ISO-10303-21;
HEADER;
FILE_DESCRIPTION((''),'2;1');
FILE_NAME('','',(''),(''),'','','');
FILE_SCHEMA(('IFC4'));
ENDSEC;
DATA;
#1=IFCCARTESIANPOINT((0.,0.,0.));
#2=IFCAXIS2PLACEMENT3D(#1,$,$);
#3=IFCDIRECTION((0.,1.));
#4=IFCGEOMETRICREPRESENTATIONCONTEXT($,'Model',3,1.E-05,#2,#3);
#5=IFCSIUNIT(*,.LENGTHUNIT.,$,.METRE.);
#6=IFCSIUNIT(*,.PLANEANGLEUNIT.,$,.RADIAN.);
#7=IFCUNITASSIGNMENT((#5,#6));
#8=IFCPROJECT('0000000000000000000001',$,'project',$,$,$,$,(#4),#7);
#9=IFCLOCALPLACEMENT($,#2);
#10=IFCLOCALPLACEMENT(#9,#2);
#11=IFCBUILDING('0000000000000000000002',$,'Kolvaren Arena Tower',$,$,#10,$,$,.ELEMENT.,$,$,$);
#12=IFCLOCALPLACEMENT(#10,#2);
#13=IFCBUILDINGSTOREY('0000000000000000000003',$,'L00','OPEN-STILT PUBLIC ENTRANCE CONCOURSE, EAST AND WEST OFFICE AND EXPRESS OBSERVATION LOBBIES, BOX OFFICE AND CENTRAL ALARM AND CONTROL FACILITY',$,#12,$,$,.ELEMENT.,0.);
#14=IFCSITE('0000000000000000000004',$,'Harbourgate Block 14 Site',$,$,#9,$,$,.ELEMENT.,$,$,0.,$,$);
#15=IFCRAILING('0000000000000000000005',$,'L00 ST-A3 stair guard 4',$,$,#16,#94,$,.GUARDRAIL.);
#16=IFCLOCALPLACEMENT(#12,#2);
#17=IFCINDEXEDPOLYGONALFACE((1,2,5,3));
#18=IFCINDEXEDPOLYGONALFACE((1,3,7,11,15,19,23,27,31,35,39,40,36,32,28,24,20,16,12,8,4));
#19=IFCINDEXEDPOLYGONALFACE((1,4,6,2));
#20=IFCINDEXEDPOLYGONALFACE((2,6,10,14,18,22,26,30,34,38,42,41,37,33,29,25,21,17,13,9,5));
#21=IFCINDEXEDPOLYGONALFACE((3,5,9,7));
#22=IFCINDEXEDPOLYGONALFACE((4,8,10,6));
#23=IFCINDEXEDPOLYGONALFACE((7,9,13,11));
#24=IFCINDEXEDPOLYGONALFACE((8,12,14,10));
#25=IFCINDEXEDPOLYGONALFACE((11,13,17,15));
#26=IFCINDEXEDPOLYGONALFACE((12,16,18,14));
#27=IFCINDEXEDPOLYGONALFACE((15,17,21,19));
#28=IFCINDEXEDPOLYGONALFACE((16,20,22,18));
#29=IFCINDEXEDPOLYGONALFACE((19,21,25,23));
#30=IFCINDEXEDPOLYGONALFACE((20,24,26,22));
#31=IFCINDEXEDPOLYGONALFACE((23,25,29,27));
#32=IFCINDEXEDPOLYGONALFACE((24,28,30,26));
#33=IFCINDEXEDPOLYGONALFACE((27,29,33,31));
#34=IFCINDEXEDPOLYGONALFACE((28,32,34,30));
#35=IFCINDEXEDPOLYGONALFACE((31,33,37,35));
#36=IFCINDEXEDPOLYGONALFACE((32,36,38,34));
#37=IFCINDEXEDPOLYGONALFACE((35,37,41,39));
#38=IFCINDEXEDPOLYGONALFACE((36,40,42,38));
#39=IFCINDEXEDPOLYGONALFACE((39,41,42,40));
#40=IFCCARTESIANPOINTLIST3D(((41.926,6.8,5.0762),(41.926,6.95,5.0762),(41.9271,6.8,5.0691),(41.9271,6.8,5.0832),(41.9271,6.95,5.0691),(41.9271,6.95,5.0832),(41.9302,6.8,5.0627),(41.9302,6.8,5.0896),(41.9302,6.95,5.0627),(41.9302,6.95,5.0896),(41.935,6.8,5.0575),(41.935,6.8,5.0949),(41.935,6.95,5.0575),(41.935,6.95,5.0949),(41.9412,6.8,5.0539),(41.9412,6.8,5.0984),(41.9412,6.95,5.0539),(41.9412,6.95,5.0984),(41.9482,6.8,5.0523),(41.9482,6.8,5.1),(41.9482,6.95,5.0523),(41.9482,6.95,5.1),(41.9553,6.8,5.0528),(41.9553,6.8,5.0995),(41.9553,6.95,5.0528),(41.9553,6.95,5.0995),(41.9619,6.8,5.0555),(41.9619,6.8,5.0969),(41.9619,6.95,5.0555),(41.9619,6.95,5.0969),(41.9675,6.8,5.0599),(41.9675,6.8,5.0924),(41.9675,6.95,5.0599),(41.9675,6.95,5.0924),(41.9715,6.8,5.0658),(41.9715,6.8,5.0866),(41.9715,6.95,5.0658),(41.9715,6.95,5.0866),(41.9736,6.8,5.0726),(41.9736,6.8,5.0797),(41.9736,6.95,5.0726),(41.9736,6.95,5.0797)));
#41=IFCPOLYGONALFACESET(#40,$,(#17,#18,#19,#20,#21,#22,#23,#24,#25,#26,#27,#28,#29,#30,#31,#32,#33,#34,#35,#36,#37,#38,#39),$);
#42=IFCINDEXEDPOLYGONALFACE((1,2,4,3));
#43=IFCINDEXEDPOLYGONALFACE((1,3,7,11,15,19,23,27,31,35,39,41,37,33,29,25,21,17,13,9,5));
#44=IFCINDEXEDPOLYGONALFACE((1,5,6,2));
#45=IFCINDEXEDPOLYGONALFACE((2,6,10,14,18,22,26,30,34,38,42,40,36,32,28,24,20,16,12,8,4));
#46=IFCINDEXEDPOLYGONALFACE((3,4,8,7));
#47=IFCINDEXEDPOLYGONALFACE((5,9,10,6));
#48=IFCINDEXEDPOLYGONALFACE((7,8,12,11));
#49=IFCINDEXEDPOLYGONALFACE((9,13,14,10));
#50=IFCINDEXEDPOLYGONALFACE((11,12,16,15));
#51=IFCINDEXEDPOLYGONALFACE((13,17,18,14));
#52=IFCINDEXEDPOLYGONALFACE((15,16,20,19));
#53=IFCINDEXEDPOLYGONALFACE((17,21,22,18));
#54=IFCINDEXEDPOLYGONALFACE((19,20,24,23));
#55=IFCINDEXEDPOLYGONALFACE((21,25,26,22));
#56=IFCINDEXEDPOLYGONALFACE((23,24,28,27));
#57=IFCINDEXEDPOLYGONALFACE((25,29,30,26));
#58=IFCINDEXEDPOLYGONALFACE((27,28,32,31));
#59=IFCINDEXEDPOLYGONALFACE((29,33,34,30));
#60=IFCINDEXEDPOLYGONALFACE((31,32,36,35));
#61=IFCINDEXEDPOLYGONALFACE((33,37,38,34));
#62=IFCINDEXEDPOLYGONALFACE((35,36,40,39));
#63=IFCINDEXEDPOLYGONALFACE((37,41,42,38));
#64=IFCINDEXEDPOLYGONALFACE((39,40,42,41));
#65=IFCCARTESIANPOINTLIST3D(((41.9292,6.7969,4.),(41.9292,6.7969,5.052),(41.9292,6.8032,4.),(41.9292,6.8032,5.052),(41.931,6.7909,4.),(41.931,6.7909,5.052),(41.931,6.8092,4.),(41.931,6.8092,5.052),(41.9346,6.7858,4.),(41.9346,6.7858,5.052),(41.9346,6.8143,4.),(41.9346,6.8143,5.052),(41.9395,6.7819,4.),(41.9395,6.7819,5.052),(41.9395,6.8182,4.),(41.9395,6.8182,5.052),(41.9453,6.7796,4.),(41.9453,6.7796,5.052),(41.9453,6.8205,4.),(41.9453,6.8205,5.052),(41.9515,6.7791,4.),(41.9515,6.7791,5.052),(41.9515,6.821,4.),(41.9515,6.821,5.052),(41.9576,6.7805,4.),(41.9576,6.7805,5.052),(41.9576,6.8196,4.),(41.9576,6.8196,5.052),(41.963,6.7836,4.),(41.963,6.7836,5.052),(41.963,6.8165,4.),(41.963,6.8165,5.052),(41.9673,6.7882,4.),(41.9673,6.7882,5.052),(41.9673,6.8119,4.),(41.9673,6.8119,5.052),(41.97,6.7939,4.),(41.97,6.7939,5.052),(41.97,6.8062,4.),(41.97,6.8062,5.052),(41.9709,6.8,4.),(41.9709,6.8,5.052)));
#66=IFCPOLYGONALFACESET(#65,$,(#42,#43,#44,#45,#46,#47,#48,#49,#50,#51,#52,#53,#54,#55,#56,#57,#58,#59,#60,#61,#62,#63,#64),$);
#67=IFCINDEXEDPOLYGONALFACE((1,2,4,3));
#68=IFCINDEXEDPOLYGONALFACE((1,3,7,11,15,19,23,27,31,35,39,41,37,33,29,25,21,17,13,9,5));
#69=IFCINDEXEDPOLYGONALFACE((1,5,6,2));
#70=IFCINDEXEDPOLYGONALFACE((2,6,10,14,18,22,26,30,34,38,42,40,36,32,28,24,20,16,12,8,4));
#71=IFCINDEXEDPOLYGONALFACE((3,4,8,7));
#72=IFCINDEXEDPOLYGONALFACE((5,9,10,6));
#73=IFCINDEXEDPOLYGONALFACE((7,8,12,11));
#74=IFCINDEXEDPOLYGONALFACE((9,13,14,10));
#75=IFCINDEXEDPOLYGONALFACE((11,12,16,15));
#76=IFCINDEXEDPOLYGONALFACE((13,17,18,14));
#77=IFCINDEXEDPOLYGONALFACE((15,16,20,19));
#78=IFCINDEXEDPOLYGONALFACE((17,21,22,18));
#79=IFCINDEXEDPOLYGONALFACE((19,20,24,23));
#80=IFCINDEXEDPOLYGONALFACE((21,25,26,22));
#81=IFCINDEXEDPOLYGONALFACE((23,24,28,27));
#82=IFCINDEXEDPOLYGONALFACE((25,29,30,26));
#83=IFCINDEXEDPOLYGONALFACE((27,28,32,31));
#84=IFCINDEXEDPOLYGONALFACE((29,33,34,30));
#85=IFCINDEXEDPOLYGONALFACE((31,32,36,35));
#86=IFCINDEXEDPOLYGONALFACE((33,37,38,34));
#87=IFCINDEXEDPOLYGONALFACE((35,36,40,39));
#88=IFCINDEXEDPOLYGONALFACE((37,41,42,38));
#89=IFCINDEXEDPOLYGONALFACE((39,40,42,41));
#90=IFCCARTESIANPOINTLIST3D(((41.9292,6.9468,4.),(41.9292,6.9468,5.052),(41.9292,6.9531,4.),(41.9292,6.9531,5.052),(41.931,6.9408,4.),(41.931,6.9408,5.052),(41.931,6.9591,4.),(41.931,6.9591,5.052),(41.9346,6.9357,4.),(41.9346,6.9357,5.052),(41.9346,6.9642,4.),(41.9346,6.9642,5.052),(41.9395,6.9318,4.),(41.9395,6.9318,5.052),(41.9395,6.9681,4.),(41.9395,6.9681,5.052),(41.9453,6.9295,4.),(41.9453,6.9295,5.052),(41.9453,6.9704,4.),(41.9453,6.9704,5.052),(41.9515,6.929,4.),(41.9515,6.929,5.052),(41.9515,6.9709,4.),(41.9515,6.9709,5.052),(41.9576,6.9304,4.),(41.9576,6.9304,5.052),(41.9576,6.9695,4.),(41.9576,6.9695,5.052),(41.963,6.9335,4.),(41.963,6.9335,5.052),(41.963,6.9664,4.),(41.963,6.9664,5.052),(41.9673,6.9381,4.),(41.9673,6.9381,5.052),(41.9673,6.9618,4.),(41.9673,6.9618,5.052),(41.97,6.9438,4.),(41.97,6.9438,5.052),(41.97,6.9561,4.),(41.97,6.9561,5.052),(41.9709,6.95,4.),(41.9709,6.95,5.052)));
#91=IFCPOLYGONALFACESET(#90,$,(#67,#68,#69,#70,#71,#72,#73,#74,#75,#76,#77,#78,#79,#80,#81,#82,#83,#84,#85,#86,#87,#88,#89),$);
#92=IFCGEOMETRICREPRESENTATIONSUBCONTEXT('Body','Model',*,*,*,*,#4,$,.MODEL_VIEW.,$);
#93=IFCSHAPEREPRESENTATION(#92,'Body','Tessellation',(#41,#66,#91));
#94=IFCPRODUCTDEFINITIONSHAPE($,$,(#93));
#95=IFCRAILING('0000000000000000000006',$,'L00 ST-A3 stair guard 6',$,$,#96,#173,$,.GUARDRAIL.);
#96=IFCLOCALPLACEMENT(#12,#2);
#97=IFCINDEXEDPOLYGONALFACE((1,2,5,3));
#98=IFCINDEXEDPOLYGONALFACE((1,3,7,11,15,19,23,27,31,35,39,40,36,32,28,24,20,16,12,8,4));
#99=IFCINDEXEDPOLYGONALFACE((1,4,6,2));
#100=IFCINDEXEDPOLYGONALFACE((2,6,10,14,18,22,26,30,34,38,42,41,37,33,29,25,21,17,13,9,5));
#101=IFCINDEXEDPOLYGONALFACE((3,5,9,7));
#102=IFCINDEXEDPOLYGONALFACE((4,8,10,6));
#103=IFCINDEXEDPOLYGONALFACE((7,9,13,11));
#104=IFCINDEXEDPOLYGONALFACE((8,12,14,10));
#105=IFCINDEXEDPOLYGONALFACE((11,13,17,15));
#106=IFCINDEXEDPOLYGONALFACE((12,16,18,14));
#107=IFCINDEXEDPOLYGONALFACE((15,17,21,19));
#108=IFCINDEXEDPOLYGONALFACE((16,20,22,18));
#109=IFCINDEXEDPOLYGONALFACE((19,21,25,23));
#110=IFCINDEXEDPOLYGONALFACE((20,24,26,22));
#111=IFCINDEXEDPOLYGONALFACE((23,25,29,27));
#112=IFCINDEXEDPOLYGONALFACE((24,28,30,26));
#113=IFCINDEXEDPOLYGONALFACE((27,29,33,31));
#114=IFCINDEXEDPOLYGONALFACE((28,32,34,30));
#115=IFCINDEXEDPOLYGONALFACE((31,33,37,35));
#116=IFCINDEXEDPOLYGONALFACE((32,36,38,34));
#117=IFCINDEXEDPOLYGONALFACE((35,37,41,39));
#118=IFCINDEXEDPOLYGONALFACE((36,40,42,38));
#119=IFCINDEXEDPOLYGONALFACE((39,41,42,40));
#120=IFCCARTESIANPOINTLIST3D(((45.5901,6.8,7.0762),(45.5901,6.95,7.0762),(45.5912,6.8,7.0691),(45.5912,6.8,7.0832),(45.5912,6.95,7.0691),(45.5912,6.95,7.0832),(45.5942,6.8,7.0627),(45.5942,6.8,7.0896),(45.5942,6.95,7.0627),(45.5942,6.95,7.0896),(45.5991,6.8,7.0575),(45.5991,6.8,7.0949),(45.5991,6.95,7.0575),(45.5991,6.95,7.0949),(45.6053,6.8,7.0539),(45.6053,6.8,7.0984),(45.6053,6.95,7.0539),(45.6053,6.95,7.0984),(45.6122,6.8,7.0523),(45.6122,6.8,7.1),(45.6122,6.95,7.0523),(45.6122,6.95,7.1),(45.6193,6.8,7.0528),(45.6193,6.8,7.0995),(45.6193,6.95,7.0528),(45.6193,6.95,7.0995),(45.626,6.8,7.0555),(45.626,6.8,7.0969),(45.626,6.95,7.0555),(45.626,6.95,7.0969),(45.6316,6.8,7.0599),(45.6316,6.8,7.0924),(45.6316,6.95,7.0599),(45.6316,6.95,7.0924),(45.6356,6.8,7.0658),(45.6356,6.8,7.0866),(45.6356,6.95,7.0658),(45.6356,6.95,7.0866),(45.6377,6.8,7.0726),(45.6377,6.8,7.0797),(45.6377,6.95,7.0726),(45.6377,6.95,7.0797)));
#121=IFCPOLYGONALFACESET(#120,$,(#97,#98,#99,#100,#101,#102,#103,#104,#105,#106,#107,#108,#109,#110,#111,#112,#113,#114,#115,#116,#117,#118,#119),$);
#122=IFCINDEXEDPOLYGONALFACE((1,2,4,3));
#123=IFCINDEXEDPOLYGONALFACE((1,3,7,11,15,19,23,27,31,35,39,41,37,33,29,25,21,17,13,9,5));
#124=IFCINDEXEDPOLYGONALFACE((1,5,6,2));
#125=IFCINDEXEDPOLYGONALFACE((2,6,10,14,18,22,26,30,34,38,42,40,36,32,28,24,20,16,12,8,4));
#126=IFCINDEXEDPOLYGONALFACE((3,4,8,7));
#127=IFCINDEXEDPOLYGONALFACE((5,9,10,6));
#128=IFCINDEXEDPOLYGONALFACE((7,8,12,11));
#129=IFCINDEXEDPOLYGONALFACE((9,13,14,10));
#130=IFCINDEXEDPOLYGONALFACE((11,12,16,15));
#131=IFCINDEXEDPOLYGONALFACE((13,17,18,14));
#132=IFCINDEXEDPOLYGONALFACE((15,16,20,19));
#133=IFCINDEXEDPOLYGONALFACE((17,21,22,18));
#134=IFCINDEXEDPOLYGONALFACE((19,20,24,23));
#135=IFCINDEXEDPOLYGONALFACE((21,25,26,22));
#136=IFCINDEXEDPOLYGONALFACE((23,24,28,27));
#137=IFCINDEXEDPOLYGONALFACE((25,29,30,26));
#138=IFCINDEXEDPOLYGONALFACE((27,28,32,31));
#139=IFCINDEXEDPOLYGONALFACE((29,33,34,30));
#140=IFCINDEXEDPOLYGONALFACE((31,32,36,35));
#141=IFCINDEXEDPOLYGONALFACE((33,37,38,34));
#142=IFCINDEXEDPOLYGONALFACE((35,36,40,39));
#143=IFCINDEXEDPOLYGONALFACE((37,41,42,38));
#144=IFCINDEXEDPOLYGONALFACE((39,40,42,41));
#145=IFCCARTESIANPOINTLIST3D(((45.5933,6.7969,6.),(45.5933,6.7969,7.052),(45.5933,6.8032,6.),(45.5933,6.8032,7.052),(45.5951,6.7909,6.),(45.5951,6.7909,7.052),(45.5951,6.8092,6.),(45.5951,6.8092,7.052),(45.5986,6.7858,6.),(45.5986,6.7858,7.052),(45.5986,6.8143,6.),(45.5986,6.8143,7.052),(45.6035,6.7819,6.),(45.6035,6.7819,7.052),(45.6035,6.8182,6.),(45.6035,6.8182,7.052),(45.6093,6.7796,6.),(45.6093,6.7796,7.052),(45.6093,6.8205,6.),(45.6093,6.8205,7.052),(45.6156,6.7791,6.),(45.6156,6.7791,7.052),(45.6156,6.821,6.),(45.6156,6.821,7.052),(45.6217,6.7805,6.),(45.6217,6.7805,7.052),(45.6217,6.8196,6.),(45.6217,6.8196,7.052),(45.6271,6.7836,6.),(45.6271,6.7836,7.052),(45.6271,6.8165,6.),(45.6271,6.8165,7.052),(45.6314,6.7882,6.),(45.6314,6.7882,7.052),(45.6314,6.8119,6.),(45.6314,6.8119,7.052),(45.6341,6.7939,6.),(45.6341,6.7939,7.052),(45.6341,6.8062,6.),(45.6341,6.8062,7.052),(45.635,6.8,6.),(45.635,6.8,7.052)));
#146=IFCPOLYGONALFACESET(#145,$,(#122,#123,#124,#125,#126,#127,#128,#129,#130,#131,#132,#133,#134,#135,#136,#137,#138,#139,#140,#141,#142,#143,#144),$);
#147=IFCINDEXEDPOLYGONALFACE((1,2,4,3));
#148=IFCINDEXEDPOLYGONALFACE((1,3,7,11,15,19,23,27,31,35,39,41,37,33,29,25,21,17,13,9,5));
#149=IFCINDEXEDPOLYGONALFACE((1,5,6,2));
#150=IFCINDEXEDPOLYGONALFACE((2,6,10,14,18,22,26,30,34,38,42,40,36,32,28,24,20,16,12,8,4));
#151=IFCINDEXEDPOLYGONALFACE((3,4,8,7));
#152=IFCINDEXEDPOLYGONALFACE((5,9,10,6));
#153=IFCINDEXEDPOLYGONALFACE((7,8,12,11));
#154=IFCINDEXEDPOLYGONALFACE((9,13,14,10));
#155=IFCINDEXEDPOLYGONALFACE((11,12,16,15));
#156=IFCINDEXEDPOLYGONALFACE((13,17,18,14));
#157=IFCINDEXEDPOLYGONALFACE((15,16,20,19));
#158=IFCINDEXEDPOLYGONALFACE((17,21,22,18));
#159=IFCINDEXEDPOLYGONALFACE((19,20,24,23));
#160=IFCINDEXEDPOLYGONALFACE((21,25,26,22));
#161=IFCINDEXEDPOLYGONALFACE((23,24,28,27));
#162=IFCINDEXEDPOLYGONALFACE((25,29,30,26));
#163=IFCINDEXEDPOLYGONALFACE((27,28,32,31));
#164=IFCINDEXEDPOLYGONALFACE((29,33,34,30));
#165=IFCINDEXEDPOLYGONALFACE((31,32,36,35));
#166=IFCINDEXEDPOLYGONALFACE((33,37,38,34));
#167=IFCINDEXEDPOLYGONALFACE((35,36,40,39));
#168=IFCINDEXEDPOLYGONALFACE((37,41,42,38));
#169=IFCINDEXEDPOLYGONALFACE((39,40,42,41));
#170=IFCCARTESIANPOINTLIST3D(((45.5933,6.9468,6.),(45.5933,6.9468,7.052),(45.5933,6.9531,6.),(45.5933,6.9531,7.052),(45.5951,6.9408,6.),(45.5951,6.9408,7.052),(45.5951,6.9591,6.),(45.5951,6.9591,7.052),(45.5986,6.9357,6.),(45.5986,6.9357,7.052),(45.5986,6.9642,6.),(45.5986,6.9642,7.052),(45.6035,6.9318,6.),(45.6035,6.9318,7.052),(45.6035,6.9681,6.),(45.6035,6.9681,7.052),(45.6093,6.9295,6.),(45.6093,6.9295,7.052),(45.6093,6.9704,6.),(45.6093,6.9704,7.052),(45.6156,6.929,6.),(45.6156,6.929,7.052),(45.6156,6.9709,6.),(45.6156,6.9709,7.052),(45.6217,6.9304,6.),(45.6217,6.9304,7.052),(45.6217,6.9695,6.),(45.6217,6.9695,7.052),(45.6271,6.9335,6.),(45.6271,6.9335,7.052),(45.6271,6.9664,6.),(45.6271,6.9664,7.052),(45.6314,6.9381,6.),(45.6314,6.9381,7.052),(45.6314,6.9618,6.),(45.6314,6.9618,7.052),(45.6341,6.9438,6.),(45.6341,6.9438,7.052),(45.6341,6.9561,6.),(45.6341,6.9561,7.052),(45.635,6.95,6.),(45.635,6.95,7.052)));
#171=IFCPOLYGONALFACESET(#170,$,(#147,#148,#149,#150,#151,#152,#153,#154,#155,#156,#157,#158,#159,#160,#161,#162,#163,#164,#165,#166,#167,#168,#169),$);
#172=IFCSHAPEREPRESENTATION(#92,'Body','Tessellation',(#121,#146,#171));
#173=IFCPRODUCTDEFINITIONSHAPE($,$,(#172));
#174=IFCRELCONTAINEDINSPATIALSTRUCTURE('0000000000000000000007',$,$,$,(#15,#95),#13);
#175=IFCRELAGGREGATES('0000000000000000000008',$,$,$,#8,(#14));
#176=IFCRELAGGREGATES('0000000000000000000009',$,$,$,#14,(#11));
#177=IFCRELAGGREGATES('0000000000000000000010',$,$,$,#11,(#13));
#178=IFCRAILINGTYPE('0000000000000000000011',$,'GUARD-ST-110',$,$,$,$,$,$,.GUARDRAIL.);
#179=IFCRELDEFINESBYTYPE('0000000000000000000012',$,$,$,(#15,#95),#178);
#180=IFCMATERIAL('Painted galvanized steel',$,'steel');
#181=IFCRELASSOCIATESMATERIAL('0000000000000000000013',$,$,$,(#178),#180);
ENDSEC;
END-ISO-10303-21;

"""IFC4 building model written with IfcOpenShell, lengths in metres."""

from ifc_helpers import new_model, si_unit, direction, frame, origin, origin_2d, place, context, subcontext, project, spatial, circle, extrude, material, type_object, element, save


model = new_model("IFC4")

# Units and contexts
model_context = context("Model", 3, precision=1e-05, world=origin(), true_north=direction((0.0, 1.0)))
body_context = subcontext(model_context, "Body", "Model", "MODEL_VIEW")
ifc_project = project(units=[si_unit("LENGTHUNIT", "METRE"), si_unit("PLANEANGLEUNIT", "RADIAN")], contexts=[model_context])

# Site, building, storey
site_placement = place(None, origin())
site = spatial("IfcSite", under=ifc_project, at=site_placement, Name="Harbourgate Block 14 Site", CompositionType="ELEMENT", RefElevation=0.0)
building_placement = place(site_placement, origin())
building = spatial("IfcBuilding", under=site, at=building_placement, Name="Kolvaren Arena Tower", CompositionType="ELEMENT")
storey_placement = place(building_placement, origin())
storey = spatial("IfcBuildingStorey", under=building, at=storey_placement, Name="L00", Description="OPEN-STILT PUBLIC ENTRANCE CONCOURSE, EAST AND WEST OFFICE AND EXPRESS OBSERVATION LOBBIES, BOX OFFICE AND CENTRAL ALARM AND CONTROL FACILITY", CompositionType="ELEMENT", Elevation=0.0)

# Railings
ifc_material_1 = material(Name="Painted galvanized steel", Category="steel")
railing_type_1 = type_object("IfcRailingType", Name="GUARD-ST-110", PredefinedType="GUARDRAIL", material=ifc_material_1)
for number, where, name in (
    (1, (41.95, 6.8, 4.0), "L00 ST-A3 stair guard 4"),
    (2, (45.614, 6.8, 6.0), "L00 ST-A3 stair guard 6"),
):
    element("IfcRailing", number, at=place(storey_placement, frame(where)), inside=storey, type_object=railing_type_1, Name=name, PredefinedType="GUARDRAIL", context=body_context, shape_type="SweptSolid", body=[
        extrude(circle(Radius=0.0239, at=origin_2d()), frame((0.0, 0.0, 1.0762), z_axis=(0.0, 1.0, 0.0), x_axis=(-1.0, 0.0, 0.0)), (0.0, 0.0, 1.0), 0.1499),
        extrude(circle(Radius=0.021, at=origin_2d()), origin(), (0.0, 0.0, 1.0), 1.052),
        extrude(circle(Radius=0.021, at=origin_2d()), frame((0.0, 0.1499, 0.0)), (0.0, 0.0, 1.0), 1.052),
    ])

save(model, "model.ifc")
